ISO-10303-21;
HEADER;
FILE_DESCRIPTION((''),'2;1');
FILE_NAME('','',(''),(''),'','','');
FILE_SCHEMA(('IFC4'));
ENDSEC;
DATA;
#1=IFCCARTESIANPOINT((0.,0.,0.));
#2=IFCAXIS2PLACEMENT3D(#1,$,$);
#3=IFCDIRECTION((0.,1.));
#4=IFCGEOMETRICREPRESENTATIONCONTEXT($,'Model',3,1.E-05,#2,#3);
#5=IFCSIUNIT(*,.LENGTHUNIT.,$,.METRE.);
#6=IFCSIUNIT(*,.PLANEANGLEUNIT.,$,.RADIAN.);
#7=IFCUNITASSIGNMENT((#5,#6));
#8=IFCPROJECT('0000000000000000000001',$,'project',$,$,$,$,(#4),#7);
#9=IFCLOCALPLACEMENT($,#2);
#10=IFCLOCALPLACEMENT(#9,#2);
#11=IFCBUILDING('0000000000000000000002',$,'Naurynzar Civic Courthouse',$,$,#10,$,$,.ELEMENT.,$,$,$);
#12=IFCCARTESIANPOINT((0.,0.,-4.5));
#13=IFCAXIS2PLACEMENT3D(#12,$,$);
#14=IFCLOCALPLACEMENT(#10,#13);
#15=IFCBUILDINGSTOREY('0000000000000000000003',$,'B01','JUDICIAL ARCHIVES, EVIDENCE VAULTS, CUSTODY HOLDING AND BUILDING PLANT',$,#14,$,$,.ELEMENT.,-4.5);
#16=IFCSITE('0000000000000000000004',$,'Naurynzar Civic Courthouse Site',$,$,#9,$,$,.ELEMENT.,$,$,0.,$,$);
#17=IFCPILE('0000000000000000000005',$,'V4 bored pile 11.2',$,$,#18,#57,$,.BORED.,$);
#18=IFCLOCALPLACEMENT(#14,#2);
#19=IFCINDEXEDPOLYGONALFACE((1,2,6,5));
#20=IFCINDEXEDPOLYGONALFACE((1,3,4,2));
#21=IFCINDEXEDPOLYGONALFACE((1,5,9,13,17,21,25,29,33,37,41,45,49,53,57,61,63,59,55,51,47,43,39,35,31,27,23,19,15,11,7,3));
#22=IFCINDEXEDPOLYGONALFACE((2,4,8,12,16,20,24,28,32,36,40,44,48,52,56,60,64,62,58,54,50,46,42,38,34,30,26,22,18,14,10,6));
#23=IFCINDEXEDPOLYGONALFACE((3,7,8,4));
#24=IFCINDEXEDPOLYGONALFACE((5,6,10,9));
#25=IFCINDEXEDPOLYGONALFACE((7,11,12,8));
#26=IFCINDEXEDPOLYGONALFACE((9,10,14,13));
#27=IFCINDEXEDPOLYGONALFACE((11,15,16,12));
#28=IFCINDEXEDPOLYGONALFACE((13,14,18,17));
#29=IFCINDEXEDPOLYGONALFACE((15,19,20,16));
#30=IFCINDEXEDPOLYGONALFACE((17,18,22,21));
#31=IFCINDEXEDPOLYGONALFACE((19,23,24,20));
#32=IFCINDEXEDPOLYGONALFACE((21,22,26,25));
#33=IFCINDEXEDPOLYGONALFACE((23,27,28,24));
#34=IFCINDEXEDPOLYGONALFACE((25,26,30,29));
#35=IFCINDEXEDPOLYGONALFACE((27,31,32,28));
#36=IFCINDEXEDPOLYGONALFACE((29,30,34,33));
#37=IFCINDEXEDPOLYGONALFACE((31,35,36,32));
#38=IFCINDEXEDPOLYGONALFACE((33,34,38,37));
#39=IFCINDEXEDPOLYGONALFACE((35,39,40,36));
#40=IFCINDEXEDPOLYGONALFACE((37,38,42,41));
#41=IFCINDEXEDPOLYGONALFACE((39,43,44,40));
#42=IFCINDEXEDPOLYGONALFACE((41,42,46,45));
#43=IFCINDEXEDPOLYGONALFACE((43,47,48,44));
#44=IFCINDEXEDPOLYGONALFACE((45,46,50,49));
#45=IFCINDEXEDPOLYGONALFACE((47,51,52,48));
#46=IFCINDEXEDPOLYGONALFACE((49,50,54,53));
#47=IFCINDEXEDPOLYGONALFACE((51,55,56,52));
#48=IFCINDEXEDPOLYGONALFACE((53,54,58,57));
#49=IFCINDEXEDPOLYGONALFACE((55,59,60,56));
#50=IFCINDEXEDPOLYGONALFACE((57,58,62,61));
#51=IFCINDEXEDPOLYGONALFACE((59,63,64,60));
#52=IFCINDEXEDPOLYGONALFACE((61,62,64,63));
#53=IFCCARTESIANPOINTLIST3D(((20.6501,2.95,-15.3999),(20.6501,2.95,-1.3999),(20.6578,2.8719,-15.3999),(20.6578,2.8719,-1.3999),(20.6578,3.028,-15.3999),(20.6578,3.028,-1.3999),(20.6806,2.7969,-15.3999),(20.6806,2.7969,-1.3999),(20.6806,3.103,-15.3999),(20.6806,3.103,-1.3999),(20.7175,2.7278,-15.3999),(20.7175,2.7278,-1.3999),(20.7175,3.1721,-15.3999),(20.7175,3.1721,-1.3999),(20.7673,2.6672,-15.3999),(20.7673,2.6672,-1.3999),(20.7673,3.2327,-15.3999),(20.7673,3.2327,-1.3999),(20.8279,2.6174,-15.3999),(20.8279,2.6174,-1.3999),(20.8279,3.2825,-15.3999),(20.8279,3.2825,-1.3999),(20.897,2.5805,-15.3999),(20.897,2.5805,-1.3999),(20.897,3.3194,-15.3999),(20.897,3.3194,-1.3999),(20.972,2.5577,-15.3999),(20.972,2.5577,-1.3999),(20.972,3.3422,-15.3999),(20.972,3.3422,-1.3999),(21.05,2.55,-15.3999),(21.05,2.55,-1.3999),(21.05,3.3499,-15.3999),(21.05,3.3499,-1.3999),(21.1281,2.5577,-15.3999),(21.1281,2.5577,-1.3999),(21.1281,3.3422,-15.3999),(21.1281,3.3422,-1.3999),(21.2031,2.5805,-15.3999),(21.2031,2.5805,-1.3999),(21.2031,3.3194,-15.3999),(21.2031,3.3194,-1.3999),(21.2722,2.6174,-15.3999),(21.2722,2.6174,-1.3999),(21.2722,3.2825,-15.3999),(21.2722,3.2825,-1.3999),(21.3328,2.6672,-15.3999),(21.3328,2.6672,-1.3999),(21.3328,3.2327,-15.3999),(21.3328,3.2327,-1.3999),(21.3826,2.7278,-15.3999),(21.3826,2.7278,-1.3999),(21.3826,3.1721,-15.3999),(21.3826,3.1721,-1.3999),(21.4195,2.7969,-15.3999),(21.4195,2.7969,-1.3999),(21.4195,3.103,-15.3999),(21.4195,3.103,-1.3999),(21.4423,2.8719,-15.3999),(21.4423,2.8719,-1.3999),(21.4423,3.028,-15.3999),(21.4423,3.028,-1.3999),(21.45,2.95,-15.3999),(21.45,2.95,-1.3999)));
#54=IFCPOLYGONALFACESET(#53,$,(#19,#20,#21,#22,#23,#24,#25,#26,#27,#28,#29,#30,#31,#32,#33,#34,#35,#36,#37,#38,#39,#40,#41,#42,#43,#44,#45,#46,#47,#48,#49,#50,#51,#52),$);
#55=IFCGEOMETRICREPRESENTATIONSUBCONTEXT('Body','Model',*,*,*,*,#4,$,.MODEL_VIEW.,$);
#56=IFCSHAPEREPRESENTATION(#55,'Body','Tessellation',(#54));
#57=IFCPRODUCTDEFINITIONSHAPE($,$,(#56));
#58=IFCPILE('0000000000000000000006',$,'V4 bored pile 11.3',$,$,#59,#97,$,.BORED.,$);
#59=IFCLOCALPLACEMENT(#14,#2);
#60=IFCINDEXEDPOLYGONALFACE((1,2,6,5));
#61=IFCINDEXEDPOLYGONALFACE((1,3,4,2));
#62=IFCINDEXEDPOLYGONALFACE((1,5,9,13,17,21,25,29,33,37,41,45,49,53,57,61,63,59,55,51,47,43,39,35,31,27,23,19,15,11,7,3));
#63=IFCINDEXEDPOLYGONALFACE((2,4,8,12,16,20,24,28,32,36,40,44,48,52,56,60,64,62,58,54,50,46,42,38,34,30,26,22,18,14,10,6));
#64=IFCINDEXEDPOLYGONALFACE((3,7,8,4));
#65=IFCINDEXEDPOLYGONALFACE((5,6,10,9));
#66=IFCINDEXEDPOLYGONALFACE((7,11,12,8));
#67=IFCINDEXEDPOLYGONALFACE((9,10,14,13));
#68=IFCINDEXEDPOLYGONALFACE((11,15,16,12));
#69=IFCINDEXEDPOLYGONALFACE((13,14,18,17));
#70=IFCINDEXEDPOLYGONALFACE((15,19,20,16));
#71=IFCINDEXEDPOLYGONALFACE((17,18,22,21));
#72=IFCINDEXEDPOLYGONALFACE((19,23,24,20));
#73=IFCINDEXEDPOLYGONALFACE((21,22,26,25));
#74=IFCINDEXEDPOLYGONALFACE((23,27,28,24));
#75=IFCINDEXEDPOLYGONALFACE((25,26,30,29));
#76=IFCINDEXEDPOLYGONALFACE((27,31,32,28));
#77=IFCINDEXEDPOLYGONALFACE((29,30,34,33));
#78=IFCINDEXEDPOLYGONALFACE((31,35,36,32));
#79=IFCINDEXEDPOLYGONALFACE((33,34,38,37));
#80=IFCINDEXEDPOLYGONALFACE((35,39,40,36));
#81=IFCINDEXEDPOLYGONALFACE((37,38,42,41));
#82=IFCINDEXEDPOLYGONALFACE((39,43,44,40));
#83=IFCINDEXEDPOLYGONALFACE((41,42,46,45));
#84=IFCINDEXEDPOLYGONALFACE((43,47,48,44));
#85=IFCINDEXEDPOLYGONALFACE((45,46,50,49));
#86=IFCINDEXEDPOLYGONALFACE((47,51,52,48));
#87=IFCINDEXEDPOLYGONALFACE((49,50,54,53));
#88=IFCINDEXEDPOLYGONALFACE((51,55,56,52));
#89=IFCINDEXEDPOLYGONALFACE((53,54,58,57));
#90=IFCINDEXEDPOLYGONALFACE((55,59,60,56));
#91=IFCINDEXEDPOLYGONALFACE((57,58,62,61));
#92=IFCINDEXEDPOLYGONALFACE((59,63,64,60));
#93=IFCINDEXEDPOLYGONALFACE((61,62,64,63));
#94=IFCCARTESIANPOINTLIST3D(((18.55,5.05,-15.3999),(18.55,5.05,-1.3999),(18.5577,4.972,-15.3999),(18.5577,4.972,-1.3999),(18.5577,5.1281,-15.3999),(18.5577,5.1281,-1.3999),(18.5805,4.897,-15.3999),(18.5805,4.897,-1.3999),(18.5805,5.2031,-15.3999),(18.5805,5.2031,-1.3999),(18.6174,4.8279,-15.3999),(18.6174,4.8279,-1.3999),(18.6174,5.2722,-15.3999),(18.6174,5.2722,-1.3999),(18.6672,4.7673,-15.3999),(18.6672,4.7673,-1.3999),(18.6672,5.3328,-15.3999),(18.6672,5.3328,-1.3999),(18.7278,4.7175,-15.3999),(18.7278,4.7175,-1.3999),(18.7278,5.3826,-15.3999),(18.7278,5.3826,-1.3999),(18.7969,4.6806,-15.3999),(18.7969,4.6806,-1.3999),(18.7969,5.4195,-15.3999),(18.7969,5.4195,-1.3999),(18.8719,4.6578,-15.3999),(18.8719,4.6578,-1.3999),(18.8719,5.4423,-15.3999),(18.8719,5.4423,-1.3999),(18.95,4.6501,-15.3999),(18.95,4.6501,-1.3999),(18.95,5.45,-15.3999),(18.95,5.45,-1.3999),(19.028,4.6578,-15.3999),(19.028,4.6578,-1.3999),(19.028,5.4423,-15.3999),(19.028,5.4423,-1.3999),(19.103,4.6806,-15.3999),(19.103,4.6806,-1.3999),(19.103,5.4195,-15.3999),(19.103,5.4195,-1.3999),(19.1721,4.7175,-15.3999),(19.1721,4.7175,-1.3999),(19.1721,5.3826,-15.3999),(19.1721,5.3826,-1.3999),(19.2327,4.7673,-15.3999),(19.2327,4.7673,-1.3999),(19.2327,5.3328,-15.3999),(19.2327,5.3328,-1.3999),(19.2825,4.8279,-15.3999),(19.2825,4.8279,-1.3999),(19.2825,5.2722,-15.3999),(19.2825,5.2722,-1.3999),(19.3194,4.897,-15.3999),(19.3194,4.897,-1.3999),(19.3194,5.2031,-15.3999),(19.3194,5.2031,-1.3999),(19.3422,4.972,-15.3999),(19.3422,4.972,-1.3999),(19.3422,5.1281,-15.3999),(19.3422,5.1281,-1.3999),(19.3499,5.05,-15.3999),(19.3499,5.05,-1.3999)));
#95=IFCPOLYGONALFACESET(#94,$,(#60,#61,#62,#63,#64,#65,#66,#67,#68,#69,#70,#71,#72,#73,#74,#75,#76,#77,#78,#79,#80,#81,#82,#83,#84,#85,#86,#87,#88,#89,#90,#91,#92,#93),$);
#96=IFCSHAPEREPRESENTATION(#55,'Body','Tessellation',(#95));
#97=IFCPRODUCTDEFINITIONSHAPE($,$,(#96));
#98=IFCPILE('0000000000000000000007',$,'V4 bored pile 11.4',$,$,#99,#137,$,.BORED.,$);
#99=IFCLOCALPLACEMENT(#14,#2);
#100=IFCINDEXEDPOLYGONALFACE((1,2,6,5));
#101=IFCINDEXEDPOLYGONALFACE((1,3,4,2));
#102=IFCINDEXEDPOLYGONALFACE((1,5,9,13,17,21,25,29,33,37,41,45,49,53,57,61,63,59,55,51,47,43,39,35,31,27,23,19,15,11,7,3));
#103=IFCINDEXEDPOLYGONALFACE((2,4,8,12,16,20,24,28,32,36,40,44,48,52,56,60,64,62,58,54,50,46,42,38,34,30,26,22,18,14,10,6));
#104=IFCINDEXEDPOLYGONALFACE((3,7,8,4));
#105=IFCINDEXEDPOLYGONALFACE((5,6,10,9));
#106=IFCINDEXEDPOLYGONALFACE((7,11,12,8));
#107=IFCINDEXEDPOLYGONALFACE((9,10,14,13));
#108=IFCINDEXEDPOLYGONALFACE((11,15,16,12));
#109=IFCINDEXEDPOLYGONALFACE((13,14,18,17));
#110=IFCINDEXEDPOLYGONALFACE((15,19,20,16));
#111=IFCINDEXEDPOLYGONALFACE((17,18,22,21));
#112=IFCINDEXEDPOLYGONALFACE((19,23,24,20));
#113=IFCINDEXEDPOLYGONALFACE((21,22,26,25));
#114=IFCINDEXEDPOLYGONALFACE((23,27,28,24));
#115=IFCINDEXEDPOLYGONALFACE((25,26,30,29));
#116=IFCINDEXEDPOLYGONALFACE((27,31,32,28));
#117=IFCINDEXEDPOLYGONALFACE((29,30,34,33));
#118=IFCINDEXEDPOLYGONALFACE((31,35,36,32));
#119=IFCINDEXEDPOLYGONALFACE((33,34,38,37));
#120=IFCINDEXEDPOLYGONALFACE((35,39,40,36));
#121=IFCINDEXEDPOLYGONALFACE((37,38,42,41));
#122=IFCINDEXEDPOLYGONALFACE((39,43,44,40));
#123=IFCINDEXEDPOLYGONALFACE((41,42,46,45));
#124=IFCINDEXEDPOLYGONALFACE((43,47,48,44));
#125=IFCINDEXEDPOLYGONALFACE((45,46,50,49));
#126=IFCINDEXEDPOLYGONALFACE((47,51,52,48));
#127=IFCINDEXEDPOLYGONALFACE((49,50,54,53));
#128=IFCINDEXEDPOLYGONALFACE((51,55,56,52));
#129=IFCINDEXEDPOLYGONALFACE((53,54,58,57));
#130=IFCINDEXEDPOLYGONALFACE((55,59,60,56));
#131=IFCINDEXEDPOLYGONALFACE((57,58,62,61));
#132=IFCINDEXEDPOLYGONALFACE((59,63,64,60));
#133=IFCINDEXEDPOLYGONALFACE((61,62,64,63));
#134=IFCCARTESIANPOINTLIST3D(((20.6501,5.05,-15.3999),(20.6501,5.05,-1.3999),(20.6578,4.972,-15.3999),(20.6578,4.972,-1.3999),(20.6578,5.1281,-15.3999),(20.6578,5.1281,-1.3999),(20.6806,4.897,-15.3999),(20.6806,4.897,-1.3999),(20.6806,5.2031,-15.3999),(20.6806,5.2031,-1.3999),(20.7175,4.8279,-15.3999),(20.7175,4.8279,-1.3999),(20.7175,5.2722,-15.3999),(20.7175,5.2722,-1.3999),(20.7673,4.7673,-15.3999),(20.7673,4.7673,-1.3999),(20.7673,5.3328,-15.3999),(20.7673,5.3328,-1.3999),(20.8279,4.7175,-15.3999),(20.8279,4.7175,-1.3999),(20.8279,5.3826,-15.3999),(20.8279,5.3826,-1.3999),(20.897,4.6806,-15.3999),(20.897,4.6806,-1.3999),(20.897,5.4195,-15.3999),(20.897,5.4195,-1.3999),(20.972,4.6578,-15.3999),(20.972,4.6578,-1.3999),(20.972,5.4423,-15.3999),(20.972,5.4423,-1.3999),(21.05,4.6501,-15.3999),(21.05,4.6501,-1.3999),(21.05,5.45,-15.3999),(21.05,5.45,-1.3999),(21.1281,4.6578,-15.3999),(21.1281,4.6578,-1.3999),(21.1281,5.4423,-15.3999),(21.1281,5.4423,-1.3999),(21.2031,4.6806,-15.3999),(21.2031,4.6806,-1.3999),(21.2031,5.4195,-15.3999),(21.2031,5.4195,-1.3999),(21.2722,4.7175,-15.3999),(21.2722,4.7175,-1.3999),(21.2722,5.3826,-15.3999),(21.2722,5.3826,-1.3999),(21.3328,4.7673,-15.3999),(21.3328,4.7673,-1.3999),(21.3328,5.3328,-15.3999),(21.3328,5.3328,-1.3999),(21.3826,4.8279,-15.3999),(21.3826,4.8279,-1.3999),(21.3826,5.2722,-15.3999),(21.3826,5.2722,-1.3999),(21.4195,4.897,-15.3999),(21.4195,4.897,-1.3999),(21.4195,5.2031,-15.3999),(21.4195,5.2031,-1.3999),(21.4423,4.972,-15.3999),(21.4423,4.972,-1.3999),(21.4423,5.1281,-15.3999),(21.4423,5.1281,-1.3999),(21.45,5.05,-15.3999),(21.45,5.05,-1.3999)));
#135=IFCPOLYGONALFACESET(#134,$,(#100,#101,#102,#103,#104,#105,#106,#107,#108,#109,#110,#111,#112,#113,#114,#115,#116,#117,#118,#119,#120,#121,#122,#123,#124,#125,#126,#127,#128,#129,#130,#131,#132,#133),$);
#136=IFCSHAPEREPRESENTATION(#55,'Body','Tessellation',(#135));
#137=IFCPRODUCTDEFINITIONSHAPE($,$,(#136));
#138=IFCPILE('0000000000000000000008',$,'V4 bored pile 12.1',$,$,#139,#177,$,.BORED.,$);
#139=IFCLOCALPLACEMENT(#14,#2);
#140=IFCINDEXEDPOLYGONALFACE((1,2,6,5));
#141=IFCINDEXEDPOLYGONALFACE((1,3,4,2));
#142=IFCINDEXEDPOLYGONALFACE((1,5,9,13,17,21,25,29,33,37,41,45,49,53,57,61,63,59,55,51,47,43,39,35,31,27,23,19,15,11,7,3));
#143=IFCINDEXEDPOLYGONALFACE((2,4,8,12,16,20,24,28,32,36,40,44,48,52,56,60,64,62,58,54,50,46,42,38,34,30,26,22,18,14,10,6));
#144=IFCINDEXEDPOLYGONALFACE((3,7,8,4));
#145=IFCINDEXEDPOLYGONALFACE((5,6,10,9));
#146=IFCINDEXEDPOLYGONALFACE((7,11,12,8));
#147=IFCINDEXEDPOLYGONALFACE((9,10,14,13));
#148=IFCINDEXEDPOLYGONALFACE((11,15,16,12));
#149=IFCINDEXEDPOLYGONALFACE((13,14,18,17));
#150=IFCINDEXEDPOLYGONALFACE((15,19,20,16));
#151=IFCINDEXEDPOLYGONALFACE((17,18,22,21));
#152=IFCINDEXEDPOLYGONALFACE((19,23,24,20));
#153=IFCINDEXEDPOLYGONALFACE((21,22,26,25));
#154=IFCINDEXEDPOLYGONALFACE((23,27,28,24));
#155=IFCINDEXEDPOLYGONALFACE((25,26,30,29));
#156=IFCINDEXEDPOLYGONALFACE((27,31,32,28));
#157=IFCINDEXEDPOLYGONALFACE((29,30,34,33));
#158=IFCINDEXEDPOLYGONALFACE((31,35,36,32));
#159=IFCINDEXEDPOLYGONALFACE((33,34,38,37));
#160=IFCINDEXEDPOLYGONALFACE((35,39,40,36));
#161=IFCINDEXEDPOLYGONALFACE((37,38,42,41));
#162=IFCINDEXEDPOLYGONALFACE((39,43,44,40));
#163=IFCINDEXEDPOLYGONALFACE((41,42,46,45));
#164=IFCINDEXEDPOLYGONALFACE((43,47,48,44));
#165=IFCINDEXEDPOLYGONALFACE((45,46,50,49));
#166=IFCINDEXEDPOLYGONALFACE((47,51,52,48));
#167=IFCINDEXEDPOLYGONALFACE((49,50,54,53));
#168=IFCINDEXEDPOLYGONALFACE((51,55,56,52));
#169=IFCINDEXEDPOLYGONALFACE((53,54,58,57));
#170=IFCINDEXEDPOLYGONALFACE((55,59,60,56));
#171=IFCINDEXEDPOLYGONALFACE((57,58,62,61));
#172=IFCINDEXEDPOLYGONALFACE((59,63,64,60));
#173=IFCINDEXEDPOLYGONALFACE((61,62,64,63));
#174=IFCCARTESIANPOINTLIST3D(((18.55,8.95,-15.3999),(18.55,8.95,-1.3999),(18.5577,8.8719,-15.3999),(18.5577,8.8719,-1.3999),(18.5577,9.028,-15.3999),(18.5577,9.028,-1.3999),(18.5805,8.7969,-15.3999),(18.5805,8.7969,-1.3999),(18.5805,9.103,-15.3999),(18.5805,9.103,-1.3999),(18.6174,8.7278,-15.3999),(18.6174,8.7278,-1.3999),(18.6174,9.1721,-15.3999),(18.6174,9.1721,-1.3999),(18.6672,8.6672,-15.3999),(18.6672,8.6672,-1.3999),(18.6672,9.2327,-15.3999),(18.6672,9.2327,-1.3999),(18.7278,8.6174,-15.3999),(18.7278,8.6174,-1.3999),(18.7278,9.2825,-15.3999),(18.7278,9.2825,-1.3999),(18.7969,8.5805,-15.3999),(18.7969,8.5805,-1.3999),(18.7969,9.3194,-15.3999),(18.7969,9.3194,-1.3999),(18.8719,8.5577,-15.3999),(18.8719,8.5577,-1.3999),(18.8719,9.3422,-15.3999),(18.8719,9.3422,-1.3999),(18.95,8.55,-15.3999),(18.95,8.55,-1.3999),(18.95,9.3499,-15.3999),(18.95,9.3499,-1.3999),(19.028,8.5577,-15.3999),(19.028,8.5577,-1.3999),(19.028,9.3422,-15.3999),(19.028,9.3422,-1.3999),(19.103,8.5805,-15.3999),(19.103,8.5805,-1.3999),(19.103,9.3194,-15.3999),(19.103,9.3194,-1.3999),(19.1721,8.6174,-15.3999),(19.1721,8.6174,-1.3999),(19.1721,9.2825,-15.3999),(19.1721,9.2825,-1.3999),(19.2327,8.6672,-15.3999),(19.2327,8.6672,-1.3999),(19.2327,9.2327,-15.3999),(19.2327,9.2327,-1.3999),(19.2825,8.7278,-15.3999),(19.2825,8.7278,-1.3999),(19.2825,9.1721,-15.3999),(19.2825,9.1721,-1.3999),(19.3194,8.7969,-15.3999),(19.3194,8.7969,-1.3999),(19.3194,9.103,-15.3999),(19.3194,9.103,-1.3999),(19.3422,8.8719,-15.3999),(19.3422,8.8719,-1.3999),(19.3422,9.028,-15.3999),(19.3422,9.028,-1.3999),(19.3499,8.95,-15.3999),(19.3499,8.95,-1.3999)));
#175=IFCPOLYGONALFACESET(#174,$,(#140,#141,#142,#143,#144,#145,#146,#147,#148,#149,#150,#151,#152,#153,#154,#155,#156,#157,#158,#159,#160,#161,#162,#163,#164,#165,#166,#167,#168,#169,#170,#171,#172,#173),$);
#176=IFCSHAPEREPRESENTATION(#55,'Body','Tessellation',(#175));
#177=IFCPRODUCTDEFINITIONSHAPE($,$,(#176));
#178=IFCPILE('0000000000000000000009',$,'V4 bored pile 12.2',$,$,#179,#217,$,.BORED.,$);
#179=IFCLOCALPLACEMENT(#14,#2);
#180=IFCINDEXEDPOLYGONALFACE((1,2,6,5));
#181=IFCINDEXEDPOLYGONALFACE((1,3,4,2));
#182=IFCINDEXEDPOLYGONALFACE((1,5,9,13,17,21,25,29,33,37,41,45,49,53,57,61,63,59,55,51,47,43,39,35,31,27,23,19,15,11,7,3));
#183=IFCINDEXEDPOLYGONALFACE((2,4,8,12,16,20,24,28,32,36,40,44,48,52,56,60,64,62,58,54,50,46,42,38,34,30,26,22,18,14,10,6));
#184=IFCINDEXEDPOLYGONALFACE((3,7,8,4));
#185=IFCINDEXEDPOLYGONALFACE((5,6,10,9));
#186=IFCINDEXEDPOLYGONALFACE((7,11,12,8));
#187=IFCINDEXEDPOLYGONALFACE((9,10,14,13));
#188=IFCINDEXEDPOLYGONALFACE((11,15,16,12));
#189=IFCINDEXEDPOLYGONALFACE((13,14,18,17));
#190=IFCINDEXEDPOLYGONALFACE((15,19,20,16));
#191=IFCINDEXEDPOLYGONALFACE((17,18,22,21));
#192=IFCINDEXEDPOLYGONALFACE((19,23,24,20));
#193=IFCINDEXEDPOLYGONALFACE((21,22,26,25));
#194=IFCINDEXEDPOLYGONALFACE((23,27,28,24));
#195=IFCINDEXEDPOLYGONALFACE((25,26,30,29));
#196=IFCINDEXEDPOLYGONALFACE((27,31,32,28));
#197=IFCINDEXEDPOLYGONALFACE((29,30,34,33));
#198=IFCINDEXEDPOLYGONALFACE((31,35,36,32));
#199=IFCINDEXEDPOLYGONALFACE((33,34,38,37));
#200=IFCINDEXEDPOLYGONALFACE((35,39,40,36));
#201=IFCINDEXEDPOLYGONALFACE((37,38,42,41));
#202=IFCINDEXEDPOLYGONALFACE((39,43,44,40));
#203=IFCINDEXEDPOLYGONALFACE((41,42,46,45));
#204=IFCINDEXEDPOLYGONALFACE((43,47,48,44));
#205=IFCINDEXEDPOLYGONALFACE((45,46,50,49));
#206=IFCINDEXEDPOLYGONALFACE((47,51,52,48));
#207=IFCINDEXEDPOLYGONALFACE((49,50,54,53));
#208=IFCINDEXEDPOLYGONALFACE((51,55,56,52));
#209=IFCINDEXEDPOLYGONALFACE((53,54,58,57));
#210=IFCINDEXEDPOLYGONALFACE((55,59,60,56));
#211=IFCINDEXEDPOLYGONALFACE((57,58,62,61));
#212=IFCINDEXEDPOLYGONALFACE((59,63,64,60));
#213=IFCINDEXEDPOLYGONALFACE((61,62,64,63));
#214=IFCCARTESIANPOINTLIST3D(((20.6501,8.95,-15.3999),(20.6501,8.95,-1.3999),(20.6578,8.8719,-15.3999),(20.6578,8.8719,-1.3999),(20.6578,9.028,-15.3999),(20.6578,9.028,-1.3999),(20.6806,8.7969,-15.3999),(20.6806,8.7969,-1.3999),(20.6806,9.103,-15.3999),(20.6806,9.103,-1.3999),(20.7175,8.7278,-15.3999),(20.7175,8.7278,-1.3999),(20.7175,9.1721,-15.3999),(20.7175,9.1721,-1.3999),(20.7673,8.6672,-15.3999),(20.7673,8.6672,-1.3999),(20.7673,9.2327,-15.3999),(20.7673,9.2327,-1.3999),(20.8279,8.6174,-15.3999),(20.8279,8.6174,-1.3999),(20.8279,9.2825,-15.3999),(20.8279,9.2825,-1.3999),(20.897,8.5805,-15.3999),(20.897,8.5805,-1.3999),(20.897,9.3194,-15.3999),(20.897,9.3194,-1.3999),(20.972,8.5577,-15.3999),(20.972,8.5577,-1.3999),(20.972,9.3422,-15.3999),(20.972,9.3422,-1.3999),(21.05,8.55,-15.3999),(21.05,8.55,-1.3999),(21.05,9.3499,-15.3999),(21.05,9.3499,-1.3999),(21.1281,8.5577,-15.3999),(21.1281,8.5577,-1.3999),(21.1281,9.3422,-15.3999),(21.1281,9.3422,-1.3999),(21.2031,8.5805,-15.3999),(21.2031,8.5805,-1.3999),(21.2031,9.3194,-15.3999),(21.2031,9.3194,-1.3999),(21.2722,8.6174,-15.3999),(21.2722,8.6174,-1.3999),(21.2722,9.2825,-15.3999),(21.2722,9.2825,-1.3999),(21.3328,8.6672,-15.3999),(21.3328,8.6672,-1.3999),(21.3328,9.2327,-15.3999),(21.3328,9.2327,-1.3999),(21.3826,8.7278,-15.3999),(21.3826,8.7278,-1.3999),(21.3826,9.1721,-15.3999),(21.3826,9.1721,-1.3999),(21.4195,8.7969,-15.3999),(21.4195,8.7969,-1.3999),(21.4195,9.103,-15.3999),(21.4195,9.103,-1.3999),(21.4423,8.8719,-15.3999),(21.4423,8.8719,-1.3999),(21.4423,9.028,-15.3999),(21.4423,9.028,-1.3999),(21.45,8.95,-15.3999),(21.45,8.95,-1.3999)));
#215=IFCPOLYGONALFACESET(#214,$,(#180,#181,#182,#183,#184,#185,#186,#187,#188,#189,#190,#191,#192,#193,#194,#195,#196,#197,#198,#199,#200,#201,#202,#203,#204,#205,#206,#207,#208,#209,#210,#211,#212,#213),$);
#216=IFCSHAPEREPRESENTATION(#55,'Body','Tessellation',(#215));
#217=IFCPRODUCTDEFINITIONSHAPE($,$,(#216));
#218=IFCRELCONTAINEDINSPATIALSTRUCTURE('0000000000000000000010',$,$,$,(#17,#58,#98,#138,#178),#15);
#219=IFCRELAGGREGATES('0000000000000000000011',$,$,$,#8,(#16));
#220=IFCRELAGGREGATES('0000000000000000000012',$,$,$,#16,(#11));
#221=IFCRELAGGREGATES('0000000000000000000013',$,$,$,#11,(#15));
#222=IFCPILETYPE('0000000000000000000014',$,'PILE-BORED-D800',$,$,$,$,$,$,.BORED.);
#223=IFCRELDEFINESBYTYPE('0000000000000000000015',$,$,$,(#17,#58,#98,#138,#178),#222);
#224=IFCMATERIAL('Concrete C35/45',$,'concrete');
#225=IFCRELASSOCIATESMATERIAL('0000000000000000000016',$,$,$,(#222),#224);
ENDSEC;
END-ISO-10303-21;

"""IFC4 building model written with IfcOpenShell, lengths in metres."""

from ifc_helpers import new_model, si_unit, direction, frame, origin, origin_2d, place, context, subcontext, project, spatial, circle, extrude, material, material_profile, profile_set, type_object, element, save


model = new_model("IFC4")

# Units and contexts
model_context = context("Model", 3, precision=1e-05, world=origin(), true_north=direction((0.0, 1.0)))
body_context = subcontext(model_context, "Body", "Model", "MODEL_VIEW")
ifc_project = project(units=[si_unit("LENGTHUNIT", "METRE"), si_unit("PLANEANGLEUNIT", "RADIAN")], contexts=[model_context])

# Site, building, storey
site_placement = place(None, origin())
site = spatial("IfcSite", under=ifc_project, at=site_placement, Name="Naurynzar Civic Courthouse Site", CompositionType="ELEMENT", RefElevation=0.0)
building_placement = place(site_placement, origin())
building = spatial("IfcBuilding", under=site, at=building_placement, Name="Naurynzar Civic Courthouse", CompositionType="ELEMENT")
storey_placement = place(building_placement, frame((0.0, 0.0, -4.5)))
storey = spatial("IfcBuildingStorey", under=building, at=storey_placement, Name="B01", Description="JUDICIAL ARCHIVES, EVIDENCE VAULTS, CUSTODY HOLDING AND BUILDING PLANT", CompositionType="ELEMENT", Elevation=-4.5)

# Piles
ifc_material_1 = material(Name="Concrete C35/45", Category="concrete")
ifc_material_profile_1 = material_profile(ifc_material_1, circle(Radius=0.3999, at=origin_2d()), Name="PILE D800")
ifc_profile_set_1 = profile_set([ifc_material_profile_1], Name="Concrete C35/45")
pile_type = type_object("IfcPileType", Name="PILE-BORED-D800", PredefinedType="BORED", material=ifc_profile_set_1)
for number, where, z_axis, x_axis, name in (
    (1, (21.05, 2.95, -1.3999), (0.0, 0.0, -1.0), (1.0, 0.0, 0.0), "V4 bored pile 11.2"),
    (2, (18.95, 5.05, -1.3999), (0.0, 0.0, -1.0), (1.0, 0.0, 0.0), "V4 bored pile 11.3"),
    (3, (21.05, 5.05, -1.3999), (0.0, 0.0, -1.0), (1.0, 0.0, 0.0), "V4 bored pile 11.4"),
    (4, (18.95, 8.95, -1.3999), (0.0, 0.0, -1.0), (1.0, 0.0, 0.0), "V4 bored pile 12.1"),
    (5, (21.05, 8.95, -1.3999), (0.0, 0.0, -1.0), (1.0, 0.0, 0.0), "V4 bored pile 12.2"),
):
    element("IfcPile", number, at=place(storey_placement, frame(where, z_axis=z_axis, x_axis=x_axis)), inside=storey, type_object=pile_type, Name=name, PredefinedType="BORED", context=body_context, shape_type="SweptSolid", body=[
        extrude(circle(Radius=0.3999, at=origin_2d()), origin(), (0.0, 0.0, 1.0), 14.0),
    ])

save(model, "model.ifc")
